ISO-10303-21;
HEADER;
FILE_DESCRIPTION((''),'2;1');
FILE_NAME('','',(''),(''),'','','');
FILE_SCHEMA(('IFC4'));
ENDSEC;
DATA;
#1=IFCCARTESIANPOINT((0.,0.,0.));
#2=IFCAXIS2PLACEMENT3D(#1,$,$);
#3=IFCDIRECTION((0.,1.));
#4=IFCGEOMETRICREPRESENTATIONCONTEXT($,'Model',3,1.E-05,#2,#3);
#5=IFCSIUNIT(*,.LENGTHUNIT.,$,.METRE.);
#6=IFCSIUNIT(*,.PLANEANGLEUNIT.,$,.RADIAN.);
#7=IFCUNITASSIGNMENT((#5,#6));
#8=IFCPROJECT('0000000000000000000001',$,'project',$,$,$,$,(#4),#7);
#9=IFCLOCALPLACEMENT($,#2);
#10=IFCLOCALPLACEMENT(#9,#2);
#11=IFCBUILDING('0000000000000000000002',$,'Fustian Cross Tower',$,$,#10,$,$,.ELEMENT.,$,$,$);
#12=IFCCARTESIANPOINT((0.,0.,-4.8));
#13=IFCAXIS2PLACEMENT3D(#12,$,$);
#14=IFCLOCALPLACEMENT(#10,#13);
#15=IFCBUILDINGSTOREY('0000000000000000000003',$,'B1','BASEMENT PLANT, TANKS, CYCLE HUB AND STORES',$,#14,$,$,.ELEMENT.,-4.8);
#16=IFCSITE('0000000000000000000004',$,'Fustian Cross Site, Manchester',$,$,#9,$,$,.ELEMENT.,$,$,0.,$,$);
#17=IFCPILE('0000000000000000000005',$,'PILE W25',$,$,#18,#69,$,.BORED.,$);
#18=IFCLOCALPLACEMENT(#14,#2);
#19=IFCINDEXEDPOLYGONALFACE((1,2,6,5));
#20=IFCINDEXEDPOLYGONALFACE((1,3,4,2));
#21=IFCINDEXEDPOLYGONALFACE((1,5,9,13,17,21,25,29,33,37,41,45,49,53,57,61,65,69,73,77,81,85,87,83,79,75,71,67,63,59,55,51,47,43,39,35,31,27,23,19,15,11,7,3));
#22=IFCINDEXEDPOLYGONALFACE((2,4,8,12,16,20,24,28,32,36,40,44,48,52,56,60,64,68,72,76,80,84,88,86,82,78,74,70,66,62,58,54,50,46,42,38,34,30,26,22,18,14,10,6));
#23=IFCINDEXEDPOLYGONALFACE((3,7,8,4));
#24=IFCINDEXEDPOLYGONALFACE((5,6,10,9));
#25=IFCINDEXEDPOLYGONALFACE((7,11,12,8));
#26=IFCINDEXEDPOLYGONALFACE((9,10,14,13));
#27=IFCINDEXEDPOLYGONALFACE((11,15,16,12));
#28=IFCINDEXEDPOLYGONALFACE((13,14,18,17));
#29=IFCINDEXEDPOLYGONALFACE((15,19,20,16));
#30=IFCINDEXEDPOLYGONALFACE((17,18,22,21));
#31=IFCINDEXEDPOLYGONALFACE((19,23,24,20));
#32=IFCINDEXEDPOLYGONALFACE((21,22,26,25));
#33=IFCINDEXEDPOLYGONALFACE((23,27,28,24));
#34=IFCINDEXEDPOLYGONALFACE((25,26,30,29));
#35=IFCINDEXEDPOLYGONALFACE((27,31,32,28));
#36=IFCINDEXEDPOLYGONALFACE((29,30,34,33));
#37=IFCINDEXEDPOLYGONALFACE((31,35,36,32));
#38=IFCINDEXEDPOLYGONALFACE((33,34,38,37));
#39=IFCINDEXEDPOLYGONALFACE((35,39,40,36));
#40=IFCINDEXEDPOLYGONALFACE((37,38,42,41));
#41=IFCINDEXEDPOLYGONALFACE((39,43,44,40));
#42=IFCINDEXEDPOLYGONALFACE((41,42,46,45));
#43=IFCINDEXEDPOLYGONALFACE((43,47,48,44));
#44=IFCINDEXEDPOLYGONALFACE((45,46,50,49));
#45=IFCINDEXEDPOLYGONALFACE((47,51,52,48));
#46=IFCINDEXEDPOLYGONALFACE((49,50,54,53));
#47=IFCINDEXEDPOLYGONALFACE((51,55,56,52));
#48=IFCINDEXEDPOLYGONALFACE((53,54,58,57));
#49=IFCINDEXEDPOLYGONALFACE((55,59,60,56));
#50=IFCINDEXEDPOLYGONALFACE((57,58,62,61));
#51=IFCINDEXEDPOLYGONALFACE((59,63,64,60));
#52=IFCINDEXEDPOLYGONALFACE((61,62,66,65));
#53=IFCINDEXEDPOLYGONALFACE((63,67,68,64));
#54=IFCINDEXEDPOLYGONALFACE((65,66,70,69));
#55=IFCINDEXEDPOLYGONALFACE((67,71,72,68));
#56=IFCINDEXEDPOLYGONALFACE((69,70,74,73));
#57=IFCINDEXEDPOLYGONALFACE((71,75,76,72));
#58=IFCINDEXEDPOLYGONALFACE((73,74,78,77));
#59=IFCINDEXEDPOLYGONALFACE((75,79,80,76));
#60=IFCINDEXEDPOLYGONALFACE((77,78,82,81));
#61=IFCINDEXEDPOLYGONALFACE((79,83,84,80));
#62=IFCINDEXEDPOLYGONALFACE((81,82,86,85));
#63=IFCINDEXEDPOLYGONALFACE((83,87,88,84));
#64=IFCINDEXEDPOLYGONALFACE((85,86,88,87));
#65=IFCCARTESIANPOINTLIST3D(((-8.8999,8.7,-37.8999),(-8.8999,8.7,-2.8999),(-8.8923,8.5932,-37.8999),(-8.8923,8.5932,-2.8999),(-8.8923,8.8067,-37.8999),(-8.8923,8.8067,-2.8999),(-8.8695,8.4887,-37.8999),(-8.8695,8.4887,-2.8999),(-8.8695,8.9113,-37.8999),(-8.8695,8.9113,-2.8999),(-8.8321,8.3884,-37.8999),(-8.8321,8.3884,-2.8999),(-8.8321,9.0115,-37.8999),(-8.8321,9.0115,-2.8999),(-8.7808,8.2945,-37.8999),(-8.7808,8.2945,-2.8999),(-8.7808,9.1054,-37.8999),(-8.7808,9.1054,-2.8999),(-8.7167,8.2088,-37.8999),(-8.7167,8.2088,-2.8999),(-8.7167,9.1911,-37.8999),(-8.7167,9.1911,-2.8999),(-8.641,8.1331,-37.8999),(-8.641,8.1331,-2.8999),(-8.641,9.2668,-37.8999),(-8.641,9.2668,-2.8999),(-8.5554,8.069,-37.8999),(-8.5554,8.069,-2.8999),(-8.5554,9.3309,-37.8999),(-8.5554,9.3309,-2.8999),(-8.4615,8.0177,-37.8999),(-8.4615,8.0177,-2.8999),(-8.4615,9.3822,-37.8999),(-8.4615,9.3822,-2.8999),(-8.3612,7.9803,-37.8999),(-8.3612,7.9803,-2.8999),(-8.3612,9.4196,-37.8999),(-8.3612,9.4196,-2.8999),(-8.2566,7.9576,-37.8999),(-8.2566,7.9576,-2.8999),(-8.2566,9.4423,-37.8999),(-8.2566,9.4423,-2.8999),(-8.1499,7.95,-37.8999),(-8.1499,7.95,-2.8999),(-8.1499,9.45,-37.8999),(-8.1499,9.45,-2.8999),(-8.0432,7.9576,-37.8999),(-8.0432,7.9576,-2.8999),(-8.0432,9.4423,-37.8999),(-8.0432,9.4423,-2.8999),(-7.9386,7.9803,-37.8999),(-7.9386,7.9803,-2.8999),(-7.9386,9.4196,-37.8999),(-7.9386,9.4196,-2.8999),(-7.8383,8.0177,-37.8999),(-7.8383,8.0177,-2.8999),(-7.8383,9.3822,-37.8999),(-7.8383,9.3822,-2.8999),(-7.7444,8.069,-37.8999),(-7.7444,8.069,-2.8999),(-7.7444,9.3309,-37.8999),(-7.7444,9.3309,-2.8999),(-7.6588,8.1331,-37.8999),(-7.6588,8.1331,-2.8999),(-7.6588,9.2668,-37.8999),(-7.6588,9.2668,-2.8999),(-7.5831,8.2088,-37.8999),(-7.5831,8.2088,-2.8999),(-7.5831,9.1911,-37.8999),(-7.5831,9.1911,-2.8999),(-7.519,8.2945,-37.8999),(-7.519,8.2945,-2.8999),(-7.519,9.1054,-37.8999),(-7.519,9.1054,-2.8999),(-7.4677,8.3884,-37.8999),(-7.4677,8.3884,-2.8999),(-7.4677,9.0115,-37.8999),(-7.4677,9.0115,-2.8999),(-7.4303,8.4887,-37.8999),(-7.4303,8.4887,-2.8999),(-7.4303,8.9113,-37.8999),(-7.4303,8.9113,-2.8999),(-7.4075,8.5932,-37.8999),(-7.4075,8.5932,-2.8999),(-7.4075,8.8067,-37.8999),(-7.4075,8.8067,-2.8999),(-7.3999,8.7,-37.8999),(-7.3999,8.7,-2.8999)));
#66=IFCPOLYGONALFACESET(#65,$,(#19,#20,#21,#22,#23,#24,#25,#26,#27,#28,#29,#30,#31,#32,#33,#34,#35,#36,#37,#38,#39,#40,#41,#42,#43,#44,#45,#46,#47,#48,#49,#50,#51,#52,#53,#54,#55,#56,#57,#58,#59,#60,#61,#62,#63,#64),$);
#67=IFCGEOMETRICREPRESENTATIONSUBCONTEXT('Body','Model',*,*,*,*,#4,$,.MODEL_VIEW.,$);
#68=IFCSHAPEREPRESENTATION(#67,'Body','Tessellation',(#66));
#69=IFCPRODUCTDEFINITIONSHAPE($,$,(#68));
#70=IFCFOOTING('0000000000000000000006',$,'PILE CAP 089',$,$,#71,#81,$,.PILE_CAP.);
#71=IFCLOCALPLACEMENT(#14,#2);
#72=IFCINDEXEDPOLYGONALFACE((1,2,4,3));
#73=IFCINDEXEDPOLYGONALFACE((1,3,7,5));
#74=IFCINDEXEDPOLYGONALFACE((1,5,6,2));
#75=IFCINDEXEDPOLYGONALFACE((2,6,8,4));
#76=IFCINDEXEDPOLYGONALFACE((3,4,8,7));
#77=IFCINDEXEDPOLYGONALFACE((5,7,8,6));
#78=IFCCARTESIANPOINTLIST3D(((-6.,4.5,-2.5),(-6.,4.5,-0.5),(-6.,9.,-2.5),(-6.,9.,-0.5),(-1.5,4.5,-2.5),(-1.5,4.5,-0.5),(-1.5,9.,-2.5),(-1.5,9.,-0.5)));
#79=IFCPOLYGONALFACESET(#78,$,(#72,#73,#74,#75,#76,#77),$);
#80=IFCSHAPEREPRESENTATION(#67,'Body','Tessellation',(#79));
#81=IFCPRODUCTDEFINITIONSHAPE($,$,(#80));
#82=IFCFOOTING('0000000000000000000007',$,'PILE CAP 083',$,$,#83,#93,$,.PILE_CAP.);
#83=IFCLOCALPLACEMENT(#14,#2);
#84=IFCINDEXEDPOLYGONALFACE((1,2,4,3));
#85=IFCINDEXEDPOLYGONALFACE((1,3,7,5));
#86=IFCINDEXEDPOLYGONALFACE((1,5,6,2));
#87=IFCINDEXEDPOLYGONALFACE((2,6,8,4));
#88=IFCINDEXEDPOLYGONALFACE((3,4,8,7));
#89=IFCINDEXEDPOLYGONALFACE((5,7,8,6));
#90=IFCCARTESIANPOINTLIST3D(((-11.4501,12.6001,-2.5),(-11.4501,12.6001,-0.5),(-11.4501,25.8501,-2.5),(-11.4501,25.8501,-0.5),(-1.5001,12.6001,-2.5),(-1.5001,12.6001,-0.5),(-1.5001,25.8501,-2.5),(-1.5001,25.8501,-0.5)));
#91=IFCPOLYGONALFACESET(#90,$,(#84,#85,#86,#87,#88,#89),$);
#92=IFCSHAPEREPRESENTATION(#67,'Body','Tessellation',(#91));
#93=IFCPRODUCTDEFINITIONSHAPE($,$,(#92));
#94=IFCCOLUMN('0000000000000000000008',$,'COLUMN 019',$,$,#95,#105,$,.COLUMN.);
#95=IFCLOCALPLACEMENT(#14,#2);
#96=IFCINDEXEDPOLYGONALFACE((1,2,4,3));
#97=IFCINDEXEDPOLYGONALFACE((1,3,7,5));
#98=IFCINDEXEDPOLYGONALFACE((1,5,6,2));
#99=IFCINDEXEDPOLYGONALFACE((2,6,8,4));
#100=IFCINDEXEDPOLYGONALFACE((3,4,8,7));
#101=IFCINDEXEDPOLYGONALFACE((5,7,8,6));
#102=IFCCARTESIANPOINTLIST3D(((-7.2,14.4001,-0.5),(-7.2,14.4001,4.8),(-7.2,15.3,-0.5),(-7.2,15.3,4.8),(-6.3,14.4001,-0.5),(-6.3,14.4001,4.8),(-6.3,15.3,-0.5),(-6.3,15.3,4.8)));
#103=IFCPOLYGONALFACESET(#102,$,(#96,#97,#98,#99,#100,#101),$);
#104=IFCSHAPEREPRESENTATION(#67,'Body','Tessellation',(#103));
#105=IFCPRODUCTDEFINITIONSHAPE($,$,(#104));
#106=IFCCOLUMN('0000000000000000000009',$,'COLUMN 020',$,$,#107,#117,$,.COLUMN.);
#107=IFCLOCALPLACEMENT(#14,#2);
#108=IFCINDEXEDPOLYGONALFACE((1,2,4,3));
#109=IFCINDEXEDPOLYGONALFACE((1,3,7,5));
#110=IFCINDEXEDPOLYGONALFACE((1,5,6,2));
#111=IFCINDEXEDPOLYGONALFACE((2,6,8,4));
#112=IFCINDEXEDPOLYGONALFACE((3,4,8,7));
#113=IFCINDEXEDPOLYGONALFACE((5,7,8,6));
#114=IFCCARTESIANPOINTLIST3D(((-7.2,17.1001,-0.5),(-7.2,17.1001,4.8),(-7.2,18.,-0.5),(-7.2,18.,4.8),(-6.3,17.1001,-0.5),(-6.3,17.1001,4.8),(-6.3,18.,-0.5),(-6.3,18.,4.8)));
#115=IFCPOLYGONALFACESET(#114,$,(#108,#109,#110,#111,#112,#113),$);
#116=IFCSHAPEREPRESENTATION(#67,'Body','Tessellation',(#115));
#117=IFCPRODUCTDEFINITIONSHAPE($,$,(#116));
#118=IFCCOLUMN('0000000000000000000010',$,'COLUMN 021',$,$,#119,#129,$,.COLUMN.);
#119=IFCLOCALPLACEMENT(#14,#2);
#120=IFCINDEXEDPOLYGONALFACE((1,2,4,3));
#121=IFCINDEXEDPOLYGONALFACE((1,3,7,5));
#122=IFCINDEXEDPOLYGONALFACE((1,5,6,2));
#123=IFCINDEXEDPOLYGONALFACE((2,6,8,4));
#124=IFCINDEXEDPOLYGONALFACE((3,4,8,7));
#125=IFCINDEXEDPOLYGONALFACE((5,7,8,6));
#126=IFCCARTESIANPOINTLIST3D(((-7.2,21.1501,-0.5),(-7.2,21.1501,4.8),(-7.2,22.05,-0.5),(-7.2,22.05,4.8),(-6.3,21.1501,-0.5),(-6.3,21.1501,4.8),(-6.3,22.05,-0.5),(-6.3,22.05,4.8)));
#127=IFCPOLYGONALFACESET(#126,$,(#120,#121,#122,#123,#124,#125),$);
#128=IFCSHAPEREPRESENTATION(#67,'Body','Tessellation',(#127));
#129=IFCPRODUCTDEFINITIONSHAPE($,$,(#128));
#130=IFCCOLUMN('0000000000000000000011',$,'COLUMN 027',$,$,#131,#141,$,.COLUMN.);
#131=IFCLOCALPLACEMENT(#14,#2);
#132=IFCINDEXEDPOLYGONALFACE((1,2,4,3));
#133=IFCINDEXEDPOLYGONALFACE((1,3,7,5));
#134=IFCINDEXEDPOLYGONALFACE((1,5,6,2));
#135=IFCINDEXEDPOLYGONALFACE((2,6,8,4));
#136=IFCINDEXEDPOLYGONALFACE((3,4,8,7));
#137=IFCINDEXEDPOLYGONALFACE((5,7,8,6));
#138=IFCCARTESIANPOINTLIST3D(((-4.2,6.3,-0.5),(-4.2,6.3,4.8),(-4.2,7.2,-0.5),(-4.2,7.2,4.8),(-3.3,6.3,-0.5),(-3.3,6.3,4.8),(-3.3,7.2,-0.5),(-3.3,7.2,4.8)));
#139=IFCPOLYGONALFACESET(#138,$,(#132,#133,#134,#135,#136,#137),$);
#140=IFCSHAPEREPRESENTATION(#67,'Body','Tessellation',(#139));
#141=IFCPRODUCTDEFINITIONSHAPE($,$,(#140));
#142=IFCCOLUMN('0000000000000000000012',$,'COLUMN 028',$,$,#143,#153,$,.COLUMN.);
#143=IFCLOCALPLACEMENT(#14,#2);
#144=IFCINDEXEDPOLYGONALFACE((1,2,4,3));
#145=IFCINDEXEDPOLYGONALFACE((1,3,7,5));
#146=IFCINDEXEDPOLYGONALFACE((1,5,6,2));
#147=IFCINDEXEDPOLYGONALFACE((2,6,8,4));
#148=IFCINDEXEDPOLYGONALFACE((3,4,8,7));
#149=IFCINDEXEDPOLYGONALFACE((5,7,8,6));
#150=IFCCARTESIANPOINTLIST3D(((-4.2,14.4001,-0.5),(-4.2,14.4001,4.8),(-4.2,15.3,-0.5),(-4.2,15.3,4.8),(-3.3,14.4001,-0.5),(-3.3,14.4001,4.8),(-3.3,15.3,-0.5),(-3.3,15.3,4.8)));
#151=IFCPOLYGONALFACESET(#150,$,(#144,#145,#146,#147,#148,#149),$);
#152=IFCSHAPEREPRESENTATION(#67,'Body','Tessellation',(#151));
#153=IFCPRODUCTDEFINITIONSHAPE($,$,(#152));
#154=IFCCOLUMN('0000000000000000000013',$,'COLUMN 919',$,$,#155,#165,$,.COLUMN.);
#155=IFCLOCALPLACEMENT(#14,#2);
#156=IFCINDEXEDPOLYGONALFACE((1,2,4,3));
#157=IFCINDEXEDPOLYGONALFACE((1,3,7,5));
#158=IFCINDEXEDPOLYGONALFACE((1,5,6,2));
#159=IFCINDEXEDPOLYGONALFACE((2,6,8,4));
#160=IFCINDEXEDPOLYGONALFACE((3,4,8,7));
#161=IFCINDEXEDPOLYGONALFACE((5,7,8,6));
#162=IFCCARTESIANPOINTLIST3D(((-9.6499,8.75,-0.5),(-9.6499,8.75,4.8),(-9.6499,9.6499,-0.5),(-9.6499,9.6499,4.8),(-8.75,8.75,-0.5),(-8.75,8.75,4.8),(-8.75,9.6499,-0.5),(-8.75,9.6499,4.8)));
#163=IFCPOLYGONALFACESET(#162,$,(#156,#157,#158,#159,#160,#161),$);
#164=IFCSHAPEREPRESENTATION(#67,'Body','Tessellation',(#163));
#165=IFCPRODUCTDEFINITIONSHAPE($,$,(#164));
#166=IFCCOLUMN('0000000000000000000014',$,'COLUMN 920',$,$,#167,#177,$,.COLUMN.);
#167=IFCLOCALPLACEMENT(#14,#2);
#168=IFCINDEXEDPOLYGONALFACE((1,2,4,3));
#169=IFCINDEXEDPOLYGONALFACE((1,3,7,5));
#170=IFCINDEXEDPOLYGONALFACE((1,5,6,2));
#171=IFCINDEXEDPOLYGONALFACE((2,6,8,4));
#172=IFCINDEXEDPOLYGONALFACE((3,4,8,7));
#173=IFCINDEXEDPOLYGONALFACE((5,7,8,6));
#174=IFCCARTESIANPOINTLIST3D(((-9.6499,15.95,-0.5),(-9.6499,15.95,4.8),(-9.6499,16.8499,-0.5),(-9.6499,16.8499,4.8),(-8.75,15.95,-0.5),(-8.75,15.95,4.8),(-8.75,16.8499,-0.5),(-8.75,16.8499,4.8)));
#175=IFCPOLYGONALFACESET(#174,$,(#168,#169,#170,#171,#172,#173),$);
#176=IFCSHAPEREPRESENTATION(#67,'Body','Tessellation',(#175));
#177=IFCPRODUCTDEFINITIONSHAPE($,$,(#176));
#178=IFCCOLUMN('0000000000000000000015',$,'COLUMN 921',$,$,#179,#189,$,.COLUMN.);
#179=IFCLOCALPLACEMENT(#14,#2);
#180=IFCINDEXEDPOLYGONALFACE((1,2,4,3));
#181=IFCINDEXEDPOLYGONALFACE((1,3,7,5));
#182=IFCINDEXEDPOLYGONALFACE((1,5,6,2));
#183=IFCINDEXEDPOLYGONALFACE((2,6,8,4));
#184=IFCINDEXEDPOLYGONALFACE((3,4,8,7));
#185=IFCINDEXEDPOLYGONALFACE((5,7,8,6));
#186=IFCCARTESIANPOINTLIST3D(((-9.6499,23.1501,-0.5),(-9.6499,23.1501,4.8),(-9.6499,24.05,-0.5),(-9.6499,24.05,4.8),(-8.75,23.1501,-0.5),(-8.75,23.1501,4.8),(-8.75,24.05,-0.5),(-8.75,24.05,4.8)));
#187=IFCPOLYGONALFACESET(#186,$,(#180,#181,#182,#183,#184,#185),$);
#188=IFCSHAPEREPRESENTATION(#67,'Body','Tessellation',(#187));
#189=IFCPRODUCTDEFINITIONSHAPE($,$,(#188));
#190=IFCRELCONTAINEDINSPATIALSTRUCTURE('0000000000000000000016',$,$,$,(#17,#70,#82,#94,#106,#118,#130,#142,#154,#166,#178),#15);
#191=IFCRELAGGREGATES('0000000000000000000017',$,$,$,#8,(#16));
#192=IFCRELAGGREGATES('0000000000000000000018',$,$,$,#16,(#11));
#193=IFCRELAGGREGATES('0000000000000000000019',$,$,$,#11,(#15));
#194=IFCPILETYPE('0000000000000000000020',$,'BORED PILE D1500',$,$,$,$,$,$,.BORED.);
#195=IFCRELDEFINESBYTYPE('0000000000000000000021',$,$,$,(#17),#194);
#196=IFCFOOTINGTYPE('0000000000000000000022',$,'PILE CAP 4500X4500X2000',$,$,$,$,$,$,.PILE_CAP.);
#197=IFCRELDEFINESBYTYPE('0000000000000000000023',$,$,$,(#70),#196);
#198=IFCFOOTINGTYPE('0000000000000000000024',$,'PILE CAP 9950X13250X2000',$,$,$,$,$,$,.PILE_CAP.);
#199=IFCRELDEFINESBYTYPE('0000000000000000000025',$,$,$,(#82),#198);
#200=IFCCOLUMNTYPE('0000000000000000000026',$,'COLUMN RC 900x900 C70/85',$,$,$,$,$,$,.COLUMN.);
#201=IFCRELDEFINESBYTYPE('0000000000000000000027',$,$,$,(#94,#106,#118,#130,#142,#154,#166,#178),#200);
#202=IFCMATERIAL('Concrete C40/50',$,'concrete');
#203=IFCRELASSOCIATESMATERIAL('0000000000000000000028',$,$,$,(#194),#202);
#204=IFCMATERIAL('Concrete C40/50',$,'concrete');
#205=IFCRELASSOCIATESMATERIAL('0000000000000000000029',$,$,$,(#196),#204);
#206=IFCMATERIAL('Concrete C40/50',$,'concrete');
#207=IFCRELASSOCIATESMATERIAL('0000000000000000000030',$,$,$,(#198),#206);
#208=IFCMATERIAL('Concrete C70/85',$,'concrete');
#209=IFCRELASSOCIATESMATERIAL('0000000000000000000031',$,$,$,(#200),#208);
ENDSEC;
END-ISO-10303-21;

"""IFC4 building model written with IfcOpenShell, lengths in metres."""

from ifc_helpers import new_model, si_unit, direction, frame, origin, origin_2d, place, context, subcontext, project, spatial, rectangle, circle, extrude, material, material_profile, profile_set, type_object, element, save


model = new_model("IFC4")

# Units and contexts
model_context = context("Model", 3, precision=1e-05, world=origin(), true_north=direction((0.0, 1.0)))
body_context = subcontext(model_context, "Body", "Model", "MODEL_VIEW")
ifc_project = project(units=[si_unit("LENGTHUNIT", "METRE"), si_unit("PLANEANGLEUNIT", "RADIAN")], contexts=[model_context])

# Site, building, storey
site_placement = place(None, origin())
site = spatial("IfcSite", under=ifc_project, at=site_placement, Name="Fustian Cross Site, Manchester", CompositionType="ELEMENT", RefElevation=0.0)
building_placement = place(site_placement, origin())
building = spatial("IfcBuilding", under=site, at=building_placement, Name="Fustian Cross Tower", CompositionType="ELEMENT")
storey_placement = place(building_placement, frame((0.0, 0.0, -4.8)))
storey = spatial("IfcBuildingStorey", under=building, at=storey_placement, Name="B1", Description="BASEMENT PLANT, TANKS, CYCLE HUB AND STORES", CompositionType="ELEMENT", Elevation=-4.8)

# Pile
ifc_material_1 = material(Name="Concrete C40/50", Category="concrete")
ifc_material_profile_1 = material_profile(ifc_material_1, circle(Radius=0.75, at=origin_2d()), Name="BORED PILE D1500")
ifc_profile_set_1 = profile_set([ifc_material_profile_1], Name="Concrete C40/50")
pile_type_1 = type_object("IfcPileType", Name="BORED PILE D1500", PredefinedType="BORED", material=ifc_profile_set_1)
pile_placement = place(storey_placement, frame((-8.1499, 8.7, -2.8999), z_axis=(0.0, 0.0, -1.0), x_axis=(1.0, 0.0, 0.0)))
element("IfcPile", 1, at=pile_placement, inside=storey, type_object=pile_type_1, Name="PILE W25", PredefinedType="BORED", context=body_context, shape_type="SweptSolid", body=[
    extrude(circle(Radius=0.75, at=origin_2d()), origin(), (0.0, 0.0, 1.0), 35.0),
])

# Footings
ifc_material_2 = material(Name="Concrete C40/50", Category="concrete")
footing_type_1 = type_object("IfcFootingType", Name="PILE CAP 4500X4500X2000", PredefinedType="PILE_CAP", material=ifc_material_2)
footing_1_placement = place(storey_placement, frame((-3.75, 6.75, -2.5), z_axis=(0.0, 0.0, 1.0), x_axis=(1.0, 0.0, 0.0)))
element("IfcFooting", 2, at=footing_1_placement, inside=storey, type_object=footing_type_1, Name="PILE CAP 089", PredefinedType="PILE_CAP", context=body_context, shape_type="SweptSolid", body=[
    extrude(rectangle(XDim=4.5, YDim=4.5, at=origin_2d()), origin(), (0.0, 0.0, 1.0), 2.0),
])
ifc_material_3 = material(Name="Concrete C40/50", Category="concrete")
footing_type_2 = type_object("IfcFootingType", Name="PILE CAP 9950X13250X2000", PredefinedType="PILE_CAP", material=ifc_material_3)
footing_2_placement = place(storey_placement, frame((-6.4751, 19.2251, -2.5), z_axis=(0.0, 0.0, 1.0), x_axis=(1.0, 0.0, 0.0)))
element("IfcFooting", 3, at=footing_2_placement, inside=storey, type_object=footing_type_2, Name="PILE CAP 083", PredefinedType="PILE_CAP", context=body_context, shape_type="SweptSolid", body=[
    extrude(rectangle(XDim=9.95, YDim=13.25, at=origin_2d()), origin(), (0.0, 0.0, 1.0), 2.0),
])

# Columns
ifc_material_4 = material(Name="Concrete C70/85", Category="concrete")
ifc_material_profile_2 = material_profile(ifc_material_4, rectangle(XDim=0.8999, YDim=0.8999, at=origin_2d()), Name="RC 900x900")
ifc_profile_set_2 = profile_set([ifc_material_profile_2], Name="Concrete C70/85")
column_type = type_object("IfcColumnType", Name="COLUMN RC 900x900 C70/85", PredefinedType="COLUMN", material=ifc_profile_set_2)
for number, where, z_axis, x_axis, name in (
    (4, (-6.75, 14.8501, -0.5), (0.0, 0.0, 1.0), (1.0, 0.0, 0.0), "COLUMN 019"),
    (5, (-6.75, 17.55, -0.5), (0.0, 0.0, 1.0), (1.0, 0.0, 0.0), "COLUMN 020"),
    (6, (-6.75, 21.6001, -0.5), (0.0, 0.0, 1.0), (1.0, 0.0, 0.0), "COLUMN 021"),
    (7, (-3.75, 6.75, -0.5), (0.0, 0.0, 1.0), (1.0, 0.0, 0.0), "COLUMN 027"),
    (8, (-3.75, 14.8501, -0.5), (0.0, 0.0, 1.0), (1.0, 0.0, 0.0), "COLUMN 028"),
    (9, (-9.2, 9.2, -0.5), (0.0, 0.0, 1.0), (1.0, 0.0, 0.0), "COLUMN 919"),
    (10, (-9.2, 16.3999, -0.5), (0.0, 0.0, 1.0), (1.0, 0.0, 0.0), "COLUMN 920"),
    (11, (-9.2, 23.6001, -0.5), (0.0, 0.0, 1.0), (1.0, 0.0, 0.0), "COLUMN 921"),
):
    element("IfcColumn", number, at=place(storey_placement, frame(where, z_axis=z_axis, x_axis=x_axis)), inside=storey, type_object=column_type, Name=name, PredefinedType="COLUMN", context=body_context, shape_type="SweptSolid", body=[
        extrude(rectangle(XDim=0.8999, YDim=0.8999, at=origin_2d()), origin(), (0.0, 0.0, 1.0), 5.3),
    ])

save(model, "model.ifc")
